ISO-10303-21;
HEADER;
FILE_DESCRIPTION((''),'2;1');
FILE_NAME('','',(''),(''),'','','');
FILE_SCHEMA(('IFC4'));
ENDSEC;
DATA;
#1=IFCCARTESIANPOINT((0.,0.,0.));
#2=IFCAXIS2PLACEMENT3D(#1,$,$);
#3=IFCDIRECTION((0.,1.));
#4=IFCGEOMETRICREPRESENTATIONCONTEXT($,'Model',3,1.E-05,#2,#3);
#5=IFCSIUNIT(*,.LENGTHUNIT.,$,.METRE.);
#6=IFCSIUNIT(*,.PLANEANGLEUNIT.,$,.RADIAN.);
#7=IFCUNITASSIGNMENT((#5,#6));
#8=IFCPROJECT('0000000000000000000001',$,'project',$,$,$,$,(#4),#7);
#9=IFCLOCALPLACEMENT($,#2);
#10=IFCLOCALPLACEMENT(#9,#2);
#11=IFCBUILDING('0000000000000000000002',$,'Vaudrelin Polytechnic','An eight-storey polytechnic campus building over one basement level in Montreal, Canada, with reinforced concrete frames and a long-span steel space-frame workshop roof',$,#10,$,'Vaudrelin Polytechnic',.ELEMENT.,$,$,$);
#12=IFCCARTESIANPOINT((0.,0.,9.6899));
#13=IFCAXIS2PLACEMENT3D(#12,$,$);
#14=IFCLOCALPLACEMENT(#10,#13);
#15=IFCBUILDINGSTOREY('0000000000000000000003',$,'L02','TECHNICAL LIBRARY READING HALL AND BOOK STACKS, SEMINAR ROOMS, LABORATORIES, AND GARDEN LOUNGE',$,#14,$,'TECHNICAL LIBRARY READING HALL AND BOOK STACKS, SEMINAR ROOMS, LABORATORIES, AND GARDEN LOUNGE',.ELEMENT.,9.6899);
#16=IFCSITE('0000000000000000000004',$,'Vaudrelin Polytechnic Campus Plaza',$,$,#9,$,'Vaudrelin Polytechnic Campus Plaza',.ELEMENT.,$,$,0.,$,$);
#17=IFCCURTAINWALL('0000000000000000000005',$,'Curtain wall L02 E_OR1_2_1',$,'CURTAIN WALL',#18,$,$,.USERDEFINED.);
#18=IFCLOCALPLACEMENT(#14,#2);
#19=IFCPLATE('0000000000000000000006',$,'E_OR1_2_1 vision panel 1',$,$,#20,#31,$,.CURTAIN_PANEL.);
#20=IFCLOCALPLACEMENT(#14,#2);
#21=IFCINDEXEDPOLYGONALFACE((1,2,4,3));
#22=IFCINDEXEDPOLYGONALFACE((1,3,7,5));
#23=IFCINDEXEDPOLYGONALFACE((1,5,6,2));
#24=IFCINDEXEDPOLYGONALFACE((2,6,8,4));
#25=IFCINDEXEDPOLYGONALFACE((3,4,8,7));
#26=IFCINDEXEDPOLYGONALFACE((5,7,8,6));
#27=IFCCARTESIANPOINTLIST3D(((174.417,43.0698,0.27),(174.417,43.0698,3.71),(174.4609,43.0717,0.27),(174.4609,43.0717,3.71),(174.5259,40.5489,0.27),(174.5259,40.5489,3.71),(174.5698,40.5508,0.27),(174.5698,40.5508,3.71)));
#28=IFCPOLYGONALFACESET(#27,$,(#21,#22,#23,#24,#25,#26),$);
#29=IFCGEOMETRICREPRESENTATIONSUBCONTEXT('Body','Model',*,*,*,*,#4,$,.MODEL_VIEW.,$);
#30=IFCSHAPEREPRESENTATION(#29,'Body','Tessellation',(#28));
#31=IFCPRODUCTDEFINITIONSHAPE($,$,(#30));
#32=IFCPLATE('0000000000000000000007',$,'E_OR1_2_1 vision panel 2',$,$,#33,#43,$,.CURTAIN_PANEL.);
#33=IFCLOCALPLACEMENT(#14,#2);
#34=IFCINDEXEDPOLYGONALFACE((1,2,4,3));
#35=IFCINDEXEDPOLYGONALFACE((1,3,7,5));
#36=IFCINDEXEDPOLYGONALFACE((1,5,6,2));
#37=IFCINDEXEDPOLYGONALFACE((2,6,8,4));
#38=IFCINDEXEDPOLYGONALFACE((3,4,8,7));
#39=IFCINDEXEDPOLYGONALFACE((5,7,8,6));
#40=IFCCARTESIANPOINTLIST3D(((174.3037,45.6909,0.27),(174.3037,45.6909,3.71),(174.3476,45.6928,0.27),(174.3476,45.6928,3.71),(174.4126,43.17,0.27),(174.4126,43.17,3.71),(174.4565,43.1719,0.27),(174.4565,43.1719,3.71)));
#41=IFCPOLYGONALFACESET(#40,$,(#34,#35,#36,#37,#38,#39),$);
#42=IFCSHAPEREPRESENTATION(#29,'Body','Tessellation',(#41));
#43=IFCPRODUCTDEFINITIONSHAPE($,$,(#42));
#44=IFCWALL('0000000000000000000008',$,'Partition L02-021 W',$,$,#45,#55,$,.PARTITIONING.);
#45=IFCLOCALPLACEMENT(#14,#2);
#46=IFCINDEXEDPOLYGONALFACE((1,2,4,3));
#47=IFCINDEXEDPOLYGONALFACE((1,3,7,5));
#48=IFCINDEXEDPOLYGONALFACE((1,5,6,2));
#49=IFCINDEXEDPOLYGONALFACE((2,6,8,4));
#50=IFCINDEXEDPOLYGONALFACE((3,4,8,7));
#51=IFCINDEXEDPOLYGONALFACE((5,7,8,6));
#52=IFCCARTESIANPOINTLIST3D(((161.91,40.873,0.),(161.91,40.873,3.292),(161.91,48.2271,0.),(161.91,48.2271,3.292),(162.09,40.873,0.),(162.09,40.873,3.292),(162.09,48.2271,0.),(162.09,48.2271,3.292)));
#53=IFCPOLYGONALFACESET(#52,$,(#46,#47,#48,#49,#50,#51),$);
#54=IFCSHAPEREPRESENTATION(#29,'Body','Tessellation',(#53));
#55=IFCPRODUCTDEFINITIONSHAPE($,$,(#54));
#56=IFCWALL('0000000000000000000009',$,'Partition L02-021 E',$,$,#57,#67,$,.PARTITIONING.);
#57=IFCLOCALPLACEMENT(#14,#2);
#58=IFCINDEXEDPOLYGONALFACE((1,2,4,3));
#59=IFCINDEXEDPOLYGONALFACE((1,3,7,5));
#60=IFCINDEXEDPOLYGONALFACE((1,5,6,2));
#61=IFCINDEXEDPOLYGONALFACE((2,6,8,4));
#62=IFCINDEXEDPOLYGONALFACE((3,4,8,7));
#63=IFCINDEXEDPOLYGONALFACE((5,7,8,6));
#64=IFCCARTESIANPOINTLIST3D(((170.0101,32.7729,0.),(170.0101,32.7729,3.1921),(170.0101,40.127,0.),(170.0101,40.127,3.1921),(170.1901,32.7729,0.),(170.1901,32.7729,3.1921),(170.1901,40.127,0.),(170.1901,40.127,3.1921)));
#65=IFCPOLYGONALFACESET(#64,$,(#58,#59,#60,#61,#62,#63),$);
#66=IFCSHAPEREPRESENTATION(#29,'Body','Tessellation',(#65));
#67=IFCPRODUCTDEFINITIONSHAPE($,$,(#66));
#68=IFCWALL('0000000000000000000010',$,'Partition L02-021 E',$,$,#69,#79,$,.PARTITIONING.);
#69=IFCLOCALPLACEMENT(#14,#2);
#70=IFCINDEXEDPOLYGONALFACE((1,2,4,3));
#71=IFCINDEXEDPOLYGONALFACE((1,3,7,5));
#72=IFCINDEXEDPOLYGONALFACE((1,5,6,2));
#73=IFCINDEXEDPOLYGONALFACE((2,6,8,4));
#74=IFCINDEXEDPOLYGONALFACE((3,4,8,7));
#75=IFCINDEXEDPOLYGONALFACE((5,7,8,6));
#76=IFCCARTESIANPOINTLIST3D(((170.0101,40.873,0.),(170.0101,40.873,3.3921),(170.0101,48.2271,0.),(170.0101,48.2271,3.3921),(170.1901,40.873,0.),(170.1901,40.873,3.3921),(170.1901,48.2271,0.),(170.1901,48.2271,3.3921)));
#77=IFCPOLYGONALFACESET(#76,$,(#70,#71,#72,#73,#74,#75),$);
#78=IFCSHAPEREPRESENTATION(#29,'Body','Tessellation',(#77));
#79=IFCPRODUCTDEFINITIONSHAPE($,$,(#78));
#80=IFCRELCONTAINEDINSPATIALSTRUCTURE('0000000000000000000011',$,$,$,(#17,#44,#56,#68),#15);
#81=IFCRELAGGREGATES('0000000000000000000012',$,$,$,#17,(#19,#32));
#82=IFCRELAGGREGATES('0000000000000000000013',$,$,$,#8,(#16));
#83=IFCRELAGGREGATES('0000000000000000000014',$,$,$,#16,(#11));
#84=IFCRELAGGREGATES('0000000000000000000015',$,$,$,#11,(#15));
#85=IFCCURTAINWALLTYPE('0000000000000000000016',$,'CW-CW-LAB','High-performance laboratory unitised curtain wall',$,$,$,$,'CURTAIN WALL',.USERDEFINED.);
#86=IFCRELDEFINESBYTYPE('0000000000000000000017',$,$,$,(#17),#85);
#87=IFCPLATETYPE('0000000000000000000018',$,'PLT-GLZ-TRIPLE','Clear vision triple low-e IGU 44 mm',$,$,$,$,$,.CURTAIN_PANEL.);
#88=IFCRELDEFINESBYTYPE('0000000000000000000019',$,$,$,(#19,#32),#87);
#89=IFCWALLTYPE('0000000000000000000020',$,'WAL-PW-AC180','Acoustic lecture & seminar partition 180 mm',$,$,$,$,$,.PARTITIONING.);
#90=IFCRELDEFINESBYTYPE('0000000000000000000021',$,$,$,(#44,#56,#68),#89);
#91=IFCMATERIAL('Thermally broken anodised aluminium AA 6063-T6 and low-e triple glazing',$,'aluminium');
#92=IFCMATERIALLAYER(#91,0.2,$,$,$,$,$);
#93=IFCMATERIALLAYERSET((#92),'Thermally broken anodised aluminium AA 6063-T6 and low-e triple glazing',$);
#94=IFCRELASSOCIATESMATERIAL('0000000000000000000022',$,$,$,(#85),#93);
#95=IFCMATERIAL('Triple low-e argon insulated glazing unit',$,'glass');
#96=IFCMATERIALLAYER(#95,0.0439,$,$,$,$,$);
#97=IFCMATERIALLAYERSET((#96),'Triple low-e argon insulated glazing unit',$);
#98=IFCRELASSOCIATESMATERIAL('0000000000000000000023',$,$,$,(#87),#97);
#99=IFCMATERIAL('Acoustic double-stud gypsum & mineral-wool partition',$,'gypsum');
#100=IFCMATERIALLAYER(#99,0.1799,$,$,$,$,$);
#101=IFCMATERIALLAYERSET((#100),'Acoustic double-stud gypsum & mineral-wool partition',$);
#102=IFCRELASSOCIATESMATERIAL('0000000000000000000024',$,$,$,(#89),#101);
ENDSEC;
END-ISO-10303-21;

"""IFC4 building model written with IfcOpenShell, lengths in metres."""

from ifc_helpers import new_model, si_unit, direction, frame, frame_2d, origin, origin_2d, place, context, subcontext, project, spatial, rectangle, extrude, material, layer, layer_set, type_object, element, aggregate, save


model = new_model("IFC4")

# Units and contexts
model_context = context("Model", 3, precision=1e-05, world=origin(), true_north=direction((0.0, 1.0)))
body_context = subcontext(model_context, "Body", "Model", "MODEL_VIEW")
ifc_project = project(units=[si_unit("LENGTHUNIT", "METRE"), si_unit("PLANEANGLEUNIT", "RADIAN")], contexts=[model_context])

# Site, building, storey
site_placement = place(None, origin())
site = spatial("IfcSite", under=ifc_project, at=site_placement, Name="Vaudrelin Polytechnic Campus Plaza", LongName="Vaudrelin Polytechnic Campus Plaza", CompositionType="ELEMENT", RefElevation=0.0)
building_placement = place(site_placement, origin())
building = spatial("IfcBuilding", under=site, at=building_placement, Name="Vaudrelin Polytechnic", Description="An eight-storey polytechnic campus building over one basement level in Montreal, Canada, with reinforced concrete frames and a long-span steel space-frame workshop roof", LongName="Vaudrelin Polytechnic", CompositionType="ELEMENT")
storey_placement = place(building_placement, frame((0.0, 0.0, 9.6899)))
storey = spatial("IfcBuildingStorey", under=building, at=storey_placement, Name="L02", Description="TECHNICAL LIBRARY READING HALL AND BOOK STACKS, SEMINAR ROOMS, LABORATORIES, AND GARDEN LOUNGE", LongName="TECHNICAL LIBRARY READING HALL AND BOOK STACKS, SEMINAR ROOMS, LABORATORIES, AND GARDEN LOUNGE", CompositionType="ELEMENT", Elevation=9.6899)

# Curtain wall
ifc_material_1 = material(Name="Thermally broken anodised aluminium AA 6063-T6 and low-e triple glazing", Category="aluminium")
ifc_layer_1 = layer(ifc_material_1, 0.2)
ifc_layer_set_1 = layer_set([ifc_layer_1], Name="Thermally broken anodised aluminium AA 6063-T6 and low-e triple glazing")
curtain_wall_type = type_object("IfcCurtainWallType", Name="CW-CW-LAB", Description="High-performance laboratory unitised curtain wall", ElementType="CURTAIN WALL", PredefinedType="USERDEFINED", material=ifc_layer_set_1)
curtain_wall_1_placement = place(storey_placement, origin())
curtain_wall_1 = element("IfcCurtainWall", 1, at=curtain_wall_1_placement, inside=storey, type_object=curtain_wall_type, Name="Curtain wall L02 E_OR1_2_1", ObjectType="CURTAIN WALL", PredefinedType="USERDEFINED")

# Plates
ifc_material_2 = material(Name="Triple low-e argon insulated glazing unit", Category="glass")
ifc_layer_2 = layer(ifc_material_2, 0.0439)
ifc_layer_set_2 = layer_set([ifc_layer_2], Name="Triple low-e argon insulated glazing unit")
plate_type_1 = type_object("IfcPlateType", Name="PLT-GLZ-TRIPLE", Description="Clear vision triple low-e IGU 44 mm", PredefinedType="CURTAIN_PANEL", material=ifc_layer_set_2)
plate_1_placement = place(storey_placement, frame((174.4934, 41.8103, 0.27), z_axis=(0.0, 0.0, 1.0), x_axis=(-0.043164, 0.999068, 0.0)))
plate_1 = element("IfcPlate", 2, at=plate_1_placement, type_object=plate_type_1, Name="E_OR1_2_1 vision panel 1", PredefinedType="CURTAIN_PANEL", context=body_context, shape_type="SweptSolid", body=[
    extrude(rectangle(XDim=2.5232, YDim=0.0439, at=origin_2d()), origin(), (0.0, 0.0, 1.0), 3.4399),
])
plate_2_placement = place(storey_placement, frame((174.3801, 44.4314, 0.27), z_axis=(0.0, 0.0, 1.0), x_axis=(-0.043164, 0.999068, 0.0)))
plate_2 = element("IfcPlate", 3, at=plate_2_placement, type_object=plate_type_1, Name="E_OR1_2_1 vision panel 2", PredefinedType="CURTAIN_PANEL", context=body_context, shape_type="SweptSolid", body=[
    extrude(rectangle(XDim=2.5232, YDim=0.0439, at=origin_2d()), origin(), (0.0, 0.0, 1.0), 3.4399),
])
aggregate(curtain_wall_1, [plate_1, plate_2])

# Walls
ifc_material_3 = material(Name="Acoustic double-stud gypsum & mineral-wool partition", Category="gypsum")
ifc_layer_3 = layer(ifc_material_3, 0.1799)
ifc_layer_set_3 = layer_set([ifc_layer_3], Name="Acoustic double-stud gypsum & mineral-wool partition")
wall_type = type_object("IfcWallType", Name="WAL-PW-AC180", Description="Acoustic lecture & seminar partition 180 mm", PredefinedType="PARTITIONING", material=ifc_layer_set_3)
wall_1_placement = place(storey_placement, frame((162.0, 40.873, 0.0), z_axis=(0.0, 0.0, 1.0), x_axis=(0.0, 1.0, 0.0)))
element("IfcWall", 4, at=wall_1_placement, inside=storey, type_object=wall_type, Name="Partition L02-021 W", PredefinedType="PARTITIONING", context=body_context, shape_type="SweptSolid", body=[
    extrude(rectangle(XDim=7.354, YDim=0.1799, at=frame_2d((3.677, 0.0))), origin(), (0.0, 0.0, 1.0), 3.292),
])
wall_2_placement = place(storey_placement, frame((170.1001, 32.7729, 0.0), z_axis=(0.0, 0.0, 1.0), x_axis=(0.0, 1.0, 0.0)))
element("IfcWall", 5, at=wall_2_placement, inside=storey, type_object=wall_type, Name="Partition L02-021 E", PredefinedType="PARTITIONING", context=body_context, shape_type="SweptSolid", body=[
    extrude(rectangle(XDim=7.354, YDim=0.1799, at=frame_2d((3.677, 0.0))), origin(), (0.0, 0.0, 1.0), 3.1921),
])
wall_3_placement = place(storey_placement, frame((170.1001, 40.873, 0.0), z_axis=(0.0, 0.0, 1.0), x_axis=(0.0, 1.0, 0.0)))
element("IfcWall", 6, at=wall_3_placement, inside=storey, type_object=wall_type, Name="Partition L02-021 E", PredefinedType="PARTITIONING", context=body_context, shape_type="SweptSolid", body=[
    extrude(rectangle(XDim=7.354, YDim=0.1799, at=frame_2d((3.677, 0.0))), origin(), (0.0, 0.0, 1.0), 3.3921),
])

save(model, "model.ifc")
